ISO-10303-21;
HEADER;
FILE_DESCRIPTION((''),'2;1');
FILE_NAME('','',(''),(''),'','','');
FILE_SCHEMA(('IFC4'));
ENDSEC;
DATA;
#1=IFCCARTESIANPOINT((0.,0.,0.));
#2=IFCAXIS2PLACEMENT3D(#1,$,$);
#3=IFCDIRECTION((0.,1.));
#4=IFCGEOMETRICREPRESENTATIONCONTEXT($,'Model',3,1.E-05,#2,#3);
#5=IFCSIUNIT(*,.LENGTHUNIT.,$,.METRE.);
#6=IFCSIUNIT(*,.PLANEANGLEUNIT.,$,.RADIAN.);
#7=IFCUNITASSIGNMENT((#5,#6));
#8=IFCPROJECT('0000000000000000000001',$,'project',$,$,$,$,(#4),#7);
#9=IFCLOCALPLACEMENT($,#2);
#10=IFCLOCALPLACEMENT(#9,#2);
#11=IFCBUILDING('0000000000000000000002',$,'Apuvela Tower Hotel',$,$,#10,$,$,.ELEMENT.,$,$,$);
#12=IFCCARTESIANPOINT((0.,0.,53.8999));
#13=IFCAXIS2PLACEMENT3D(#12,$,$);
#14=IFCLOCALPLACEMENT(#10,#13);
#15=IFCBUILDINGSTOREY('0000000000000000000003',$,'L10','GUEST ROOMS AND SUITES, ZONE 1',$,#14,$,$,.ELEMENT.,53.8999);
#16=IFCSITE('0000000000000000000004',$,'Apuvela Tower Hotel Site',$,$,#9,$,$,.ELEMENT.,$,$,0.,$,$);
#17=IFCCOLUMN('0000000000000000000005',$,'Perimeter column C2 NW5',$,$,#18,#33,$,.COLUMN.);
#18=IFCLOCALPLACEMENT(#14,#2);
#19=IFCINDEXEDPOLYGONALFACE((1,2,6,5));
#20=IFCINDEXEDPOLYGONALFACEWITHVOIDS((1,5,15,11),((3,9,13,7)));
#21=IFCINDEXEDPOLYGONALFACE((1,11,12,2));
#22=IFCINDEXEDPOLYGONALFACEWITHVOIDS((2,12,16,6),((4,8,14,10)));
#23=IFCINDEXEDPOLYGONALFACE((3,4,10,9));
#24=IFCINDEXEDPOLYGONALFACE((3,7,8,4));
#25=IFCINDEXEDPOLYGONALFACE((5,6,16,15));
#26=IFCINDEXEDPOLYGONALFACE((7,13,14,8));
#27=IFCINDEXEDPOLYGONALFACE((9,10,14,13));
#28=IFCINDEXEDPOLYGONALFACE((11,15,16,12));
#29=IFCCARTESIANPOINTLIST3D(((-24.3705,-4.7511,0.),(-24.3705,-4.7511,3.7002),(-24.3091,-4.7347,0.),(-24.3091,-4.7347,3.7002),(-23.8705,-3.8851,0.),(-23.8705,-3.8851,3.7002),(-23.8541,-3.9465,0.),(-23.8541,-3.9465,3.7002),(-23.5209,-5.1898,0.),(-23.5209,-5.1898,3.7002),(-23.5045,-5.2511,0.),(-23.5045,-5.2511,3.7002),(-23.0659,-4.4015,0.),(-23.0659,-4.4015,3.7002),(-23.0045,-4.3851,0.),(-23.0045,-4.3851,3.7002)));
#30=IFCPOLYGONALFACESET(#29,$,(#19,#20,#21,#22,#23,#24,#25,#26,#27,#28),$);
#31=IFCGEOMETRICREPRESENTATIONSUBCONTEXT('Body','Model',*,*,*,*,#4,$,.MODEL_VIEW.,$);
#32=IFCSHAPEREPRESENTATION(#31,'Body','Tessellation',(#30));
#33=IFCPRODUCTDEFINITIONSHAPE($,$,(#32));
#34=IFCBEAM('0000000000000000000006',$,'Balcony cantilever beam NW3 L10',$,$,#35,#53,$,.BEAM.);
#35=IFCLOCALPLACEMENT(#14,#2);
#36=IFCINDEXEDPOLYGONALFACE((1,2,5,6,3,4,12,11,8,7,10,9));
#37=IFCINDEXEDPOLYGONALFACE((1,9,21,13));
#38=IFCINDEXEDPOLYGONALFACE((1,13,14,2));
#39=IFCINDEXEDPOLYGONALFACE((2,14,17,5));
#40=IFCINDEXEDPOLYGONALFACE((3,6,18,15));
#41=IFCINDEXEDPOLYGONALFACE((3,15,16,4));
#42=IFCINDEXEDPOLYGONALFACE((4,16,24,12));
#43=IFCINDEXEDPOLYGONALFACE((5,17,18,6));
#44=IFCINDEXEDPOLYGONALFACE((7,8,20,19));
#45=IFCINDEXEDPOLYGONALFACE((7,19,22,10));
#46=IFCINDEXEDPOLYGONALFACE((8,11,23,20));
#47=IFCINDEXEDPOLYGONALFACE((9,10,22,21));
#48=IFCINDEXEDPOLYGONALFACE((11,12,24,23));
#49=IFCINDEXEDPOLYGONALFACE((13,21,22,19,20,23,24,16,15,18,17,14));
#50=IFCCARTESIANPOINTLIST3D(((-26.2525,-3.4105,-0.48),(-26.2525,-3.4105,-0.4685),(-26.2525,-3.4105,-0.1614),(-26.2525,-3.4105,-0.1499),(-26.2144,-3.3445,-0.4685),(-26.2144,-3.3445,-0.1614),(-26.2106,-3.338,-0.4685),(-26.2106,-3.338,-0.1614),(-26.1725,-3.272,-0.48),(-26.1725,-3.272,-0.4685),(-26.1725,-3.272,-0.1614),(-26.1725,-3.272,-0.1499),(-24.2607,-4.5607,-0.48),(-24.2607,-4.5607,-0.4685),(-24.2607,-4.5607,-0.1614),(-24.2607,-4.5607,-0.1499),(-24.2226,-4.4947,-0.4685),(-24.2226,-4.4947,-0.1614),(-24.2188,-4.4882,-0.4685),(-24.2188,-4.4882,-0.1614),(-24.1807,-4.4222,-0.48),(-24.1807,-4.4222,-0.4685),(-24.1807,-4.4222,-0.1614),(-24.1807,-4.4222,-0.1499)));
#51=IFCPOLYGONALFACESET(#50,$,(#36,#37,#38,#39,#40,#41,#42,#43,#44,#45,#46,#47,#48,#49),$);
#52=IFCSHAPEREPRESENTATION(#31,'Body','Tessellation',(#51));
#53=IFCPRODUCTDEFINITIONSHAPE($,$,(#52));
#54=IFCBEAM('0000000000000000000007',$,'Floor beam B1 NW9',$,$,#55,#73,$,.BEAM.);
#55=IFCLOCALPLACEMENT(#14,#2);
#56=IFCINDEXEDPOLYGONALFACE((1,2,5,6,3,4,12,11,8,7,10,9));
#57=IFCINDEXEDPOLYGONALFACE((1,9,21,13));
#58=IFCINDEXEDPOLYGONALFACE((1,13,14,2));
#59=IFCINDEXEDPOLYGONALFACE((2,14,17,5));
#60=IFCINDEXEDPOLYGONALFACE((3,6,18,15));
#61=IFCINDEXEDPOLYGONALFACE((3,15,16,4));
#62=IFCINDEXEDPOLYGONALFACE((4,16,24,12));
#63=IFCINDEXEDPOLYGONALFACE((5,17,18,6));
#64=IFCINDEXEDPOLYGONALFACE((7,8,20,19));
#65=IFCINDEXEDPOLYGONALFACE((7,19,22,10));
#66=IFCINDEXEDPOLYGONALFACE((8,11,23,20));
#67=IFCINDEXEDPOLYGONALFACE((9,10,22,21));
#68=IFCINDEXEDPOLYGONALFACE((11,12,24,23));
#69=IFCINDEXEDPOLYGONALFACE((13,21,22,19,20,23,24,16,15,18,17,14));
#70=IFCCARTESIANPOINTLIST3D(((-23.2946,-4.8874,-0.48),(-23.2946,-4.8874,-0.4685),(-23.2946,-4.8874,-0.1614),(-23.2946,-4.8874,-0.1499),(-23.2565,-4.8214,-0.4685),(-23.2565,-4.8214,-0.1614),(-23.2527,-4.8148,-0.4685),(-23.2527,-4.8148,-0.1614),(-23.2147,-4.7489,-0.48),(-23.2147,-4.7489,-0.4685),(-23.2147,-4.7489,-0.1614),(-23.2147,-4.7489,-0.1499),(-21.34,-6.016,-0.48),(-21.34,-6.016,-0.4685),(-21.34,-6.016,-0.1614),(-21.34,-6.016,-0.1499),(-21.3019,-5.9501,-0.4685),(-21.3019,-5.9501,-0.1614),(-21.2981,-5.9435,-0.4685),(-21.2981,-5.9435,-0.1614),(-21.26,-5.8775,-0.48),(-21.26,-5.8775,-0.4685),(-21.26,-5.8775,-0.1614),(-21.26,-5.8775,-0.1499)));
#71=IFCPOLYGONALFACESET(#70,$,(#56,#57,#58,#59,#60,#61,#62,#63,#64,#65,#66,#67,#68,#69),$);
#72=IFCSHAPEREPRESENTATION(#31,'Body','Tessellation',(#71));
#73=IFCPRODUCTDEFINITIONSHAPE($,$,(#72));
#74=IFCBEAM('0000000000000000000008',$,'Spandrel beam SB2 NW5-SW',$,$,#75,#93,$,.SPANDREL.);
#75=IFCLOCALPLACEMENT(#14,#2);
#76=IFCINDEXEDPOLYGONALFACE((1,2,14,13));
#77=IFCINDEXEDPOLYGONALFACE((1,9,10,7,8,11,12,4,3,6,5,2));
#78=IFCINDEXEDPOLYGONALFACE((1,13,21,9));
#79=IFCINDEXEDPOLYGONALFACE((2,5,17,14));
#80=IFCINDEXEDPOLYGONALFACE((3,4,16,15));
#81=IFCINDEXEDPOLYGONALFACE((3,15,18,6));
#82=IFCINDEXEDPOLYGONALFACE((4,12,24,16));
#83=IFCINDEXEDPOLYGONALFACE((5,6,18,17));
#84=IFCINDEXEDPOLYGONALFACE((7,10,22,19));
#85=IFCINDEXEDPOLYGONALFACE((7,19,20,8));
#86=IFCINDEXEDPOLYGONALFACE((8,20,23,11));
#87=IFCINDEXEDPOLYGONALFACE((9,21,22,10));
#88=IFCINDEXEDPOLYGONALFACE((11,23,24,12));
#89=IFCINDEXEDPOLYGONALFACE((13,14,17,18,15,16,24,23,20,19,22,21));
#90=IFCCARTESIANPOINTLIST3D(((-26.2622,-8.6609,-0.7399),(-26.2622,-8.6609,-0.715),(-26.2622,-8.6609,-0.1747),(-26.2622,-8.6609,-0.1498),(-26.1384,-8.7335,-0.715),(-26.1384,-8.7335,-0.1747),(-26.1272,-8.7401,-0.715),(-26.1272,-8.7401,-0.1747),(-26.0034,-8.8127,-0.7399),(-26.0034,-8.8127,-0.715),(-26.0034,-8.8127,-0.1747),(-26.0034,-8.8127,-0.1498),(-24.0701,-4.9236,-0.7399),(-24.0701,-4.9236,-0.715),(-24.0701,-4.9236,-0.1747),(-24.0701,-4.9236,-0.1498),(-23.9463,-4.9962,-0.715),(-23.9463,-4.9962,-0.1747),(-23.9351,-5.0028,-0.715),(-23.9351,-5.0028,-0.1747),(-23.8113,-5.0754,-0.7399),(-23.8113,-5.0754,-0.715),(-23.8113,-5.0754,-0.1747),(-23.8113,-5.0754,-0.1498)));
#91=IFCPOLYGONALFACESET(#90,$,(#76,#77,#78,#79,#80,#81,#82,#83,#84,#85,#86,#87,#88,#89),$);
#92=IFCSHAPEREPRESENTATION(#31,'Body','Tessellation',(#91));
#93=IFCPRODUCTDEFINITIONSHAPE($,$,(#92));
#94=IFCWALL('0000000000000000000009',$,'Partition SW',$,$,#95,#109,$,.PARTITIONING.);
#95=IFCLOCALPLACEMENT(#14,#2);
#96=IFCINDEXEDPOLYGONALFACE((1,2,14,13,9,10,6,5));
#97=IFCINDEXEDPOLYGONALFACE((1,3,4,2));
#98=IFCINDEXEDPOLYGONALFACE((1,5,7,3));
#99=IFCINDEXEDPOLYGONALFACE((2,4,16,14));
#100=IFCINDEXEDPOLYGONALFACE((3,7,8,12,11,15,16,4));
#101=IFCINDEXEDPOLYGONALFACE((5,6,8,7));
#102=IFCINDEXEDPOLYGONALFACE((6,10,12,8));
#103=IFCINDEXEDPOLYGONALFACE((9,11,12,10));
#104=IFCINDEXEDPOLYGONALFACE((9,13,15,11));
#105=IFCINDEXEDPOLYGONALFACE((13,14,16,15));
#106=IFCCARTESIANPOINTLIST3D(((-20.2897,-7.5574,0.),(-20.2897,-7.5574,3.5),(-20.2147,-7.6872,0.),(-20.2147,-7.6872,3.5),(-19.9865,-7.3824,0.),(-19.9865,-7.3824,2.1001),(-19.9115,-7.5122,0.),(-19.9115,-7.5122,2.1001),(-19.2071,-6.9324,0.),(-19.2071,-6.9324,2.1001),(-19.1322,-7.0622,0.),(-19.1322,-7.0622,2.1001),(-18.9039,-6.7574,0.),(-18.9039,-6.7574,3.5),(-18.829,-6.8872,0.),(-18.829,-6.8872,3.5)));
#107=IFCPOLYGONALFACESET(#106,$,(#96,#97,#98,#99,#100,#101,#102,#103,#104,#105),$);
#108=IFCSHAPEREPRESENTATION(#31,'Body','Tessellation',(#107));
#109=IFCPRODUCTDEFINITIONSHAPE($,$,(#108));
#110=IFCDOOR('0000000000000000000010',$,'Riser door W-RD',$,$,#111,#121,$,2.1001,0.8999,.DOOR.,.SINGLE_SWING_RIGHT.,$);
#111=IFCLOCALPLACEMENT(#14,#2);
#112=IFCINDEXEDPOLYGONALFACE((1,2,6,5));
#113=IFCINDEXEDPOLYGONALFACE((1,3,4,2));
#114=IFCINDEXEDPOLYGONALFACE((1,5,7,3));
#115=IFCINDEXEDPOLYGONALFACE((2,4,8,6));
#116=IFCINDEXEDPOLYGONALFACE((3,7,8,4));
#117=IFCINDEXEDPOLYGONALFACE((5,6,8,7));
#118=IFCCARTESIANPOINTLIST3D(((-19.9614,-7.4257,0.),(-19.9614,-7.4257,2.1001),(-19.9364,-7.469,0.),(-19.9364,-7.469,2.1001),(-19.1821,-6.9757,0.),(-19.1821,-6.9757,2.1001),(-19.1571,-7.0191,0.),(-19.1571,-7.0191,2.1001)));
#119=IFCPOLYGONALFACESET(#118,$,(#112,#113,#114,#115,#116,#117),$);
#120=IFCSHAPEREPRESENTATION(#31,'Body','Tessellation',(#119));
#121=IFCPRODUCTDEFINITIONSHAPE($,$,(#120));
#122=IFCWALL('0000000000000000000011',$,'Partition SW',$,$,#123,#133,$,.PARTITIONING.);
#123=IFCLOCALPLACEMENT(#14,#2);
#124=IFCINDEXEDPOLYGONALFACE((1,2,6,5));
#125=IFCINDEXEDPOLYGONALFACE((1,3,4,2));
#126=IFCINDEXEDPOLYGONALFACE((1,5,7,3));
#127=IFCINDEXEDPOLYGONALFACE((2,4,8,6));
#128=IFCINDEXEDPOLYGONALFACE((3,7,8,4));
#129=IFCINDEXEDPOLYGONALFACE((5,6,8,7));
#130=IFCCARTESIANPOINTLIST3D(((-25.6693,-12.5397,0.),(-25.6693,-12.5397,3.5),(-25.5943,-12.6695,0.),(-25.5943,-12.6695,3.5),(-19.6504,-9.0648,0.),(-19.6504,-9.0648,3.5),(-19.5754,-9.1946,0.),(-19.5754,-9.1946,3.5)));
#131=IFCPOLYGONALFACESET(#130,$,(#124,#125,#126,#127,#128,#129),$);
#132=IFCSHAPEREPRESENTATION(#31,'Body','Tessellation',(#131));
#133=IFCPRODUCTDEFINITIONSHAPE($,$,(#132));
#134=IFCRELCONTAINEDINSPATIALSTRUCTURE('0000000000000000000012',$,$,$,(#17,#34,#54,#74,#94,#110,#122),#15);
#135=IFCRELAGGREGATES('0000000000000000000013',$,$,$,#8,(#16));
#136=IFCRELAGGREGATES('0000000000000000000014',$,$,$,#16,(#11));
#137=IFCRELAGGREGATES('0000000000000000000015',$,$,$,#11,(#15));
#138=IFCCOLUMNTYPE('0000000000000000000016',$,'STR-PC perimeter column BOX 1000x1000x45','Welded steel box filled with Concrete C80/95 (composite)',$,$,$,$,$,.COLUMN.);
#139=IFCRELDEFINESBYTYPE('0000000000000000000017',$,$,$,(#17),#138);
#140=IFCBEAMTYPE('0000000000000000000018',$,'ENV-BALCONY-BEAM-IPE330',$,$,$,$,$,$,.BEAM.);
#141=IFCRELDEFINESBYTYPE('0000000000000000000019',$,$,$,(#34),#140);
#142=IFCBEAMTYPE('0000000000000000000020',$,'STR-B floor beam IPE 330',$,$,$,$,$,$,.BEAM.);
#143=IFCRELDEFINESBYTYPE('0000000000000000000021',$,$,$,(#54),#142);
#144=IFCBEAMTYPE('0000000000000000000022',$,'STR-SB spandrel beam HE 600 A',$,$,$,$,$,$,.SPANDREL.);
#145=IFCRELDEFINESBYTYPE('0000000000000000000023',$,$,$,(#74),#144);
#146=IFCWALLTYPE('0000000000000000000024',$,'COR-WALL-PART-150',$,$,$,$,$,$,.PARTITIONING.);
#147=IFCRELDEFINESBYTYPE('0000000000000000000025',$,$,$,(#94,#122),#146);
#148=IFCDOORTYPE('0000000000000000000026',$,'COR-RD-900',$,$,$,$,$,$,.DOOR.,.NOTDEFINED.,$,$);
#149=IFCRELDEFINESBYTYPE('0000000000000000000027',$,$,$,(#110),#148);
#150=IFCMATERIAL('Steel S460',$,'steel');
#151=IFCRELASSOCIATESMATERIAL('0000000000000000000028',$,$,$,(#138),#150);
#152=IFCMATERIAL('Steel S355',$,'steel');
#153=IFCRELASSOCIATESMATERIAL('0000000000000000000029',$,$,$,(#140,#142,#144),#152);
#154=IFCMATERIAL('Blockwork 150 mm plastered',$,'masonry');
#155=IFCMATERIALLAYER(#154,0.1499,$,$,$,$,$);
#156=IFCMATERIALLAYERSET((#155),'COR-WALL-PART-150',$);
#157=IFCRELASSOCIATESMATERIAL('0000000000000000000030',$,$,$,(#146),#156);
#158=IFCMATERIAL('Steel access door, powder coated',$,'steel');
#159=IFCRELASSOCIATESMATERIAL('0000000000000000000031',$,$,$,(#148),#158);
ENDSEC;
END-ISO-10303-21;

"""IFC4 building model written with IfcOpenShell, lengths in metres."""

from ifc_helpers import new_model, si_unit, direction, frame, frame_2d, origin, origin_2d, place, context, subcontext, project, spatial, rectangle, hollow_rectangle, i_section, extrude, material, layer, layer_set, material_profile, profile_set, type_object, element, fill, save


model = new_model("IFC4")

# Units and contexts
model_context = context("Model", 3, precision=1e-05, world=origin(), true_north=direction((0.0, 1.0)))
body_context = subcontext(model_context, "Body", "Model", "MODEL_VIEW")
ifc_project = project(units=[si_unit("LENGTHUNIT", "METRE"), si_unit("PLANEANGLEUNIT", "RADIAN")], contexts=[model_context])

# Site, building, storey
site_placement = place(None, origin())
site = spatial("IfcSite", under=ifc_project, at=site_placement, Name="Apuvela Tower Hotel Site", CompositionType="ELEMENT", RefElevation=0.0)
building_placement = place(site_placement, origin())
building = spatial("IfcBuilding", under=site, at=building_placement, Name="Apuvela Tower Hotel", CompositionType="ELEMENT")
storey_placement = place(building_placement, frame((0.0, 0.0, 53.8999)))
storey = spatial("IfcBuildingStorey", under=building, at=storey_placement, Name="L10", Description="GUEST ROOMS AND SUITES, ZONE 1", CompositionType="ELEMENT", Elevation=53.8999)

# Column
ifc_material_1 = material(Name="Steel S460", Category="steel")
ifc_material_profile_1 = material_profile(ifc_material_1, hollow_rectangle(XDim=1.0, YDim=1.0, WallThickness=0.0449, at=origin_2d()), Name="BOX 1000x1000x45")
ifc_material_2 = material(Name="Concrete C80/95", Category="concrete")
ifc_material_profile_2 = material_profile(ifc_material_2, rectangle(XDim=0.9099, YDim=0.9099, at=origin_2d()), Name="Concrete C80/95 infill")
ifc_profile_set_1 = profile_set([ifc_material_profile_1, ifc_material_profile_2], Name="Steel S460")
column_type = type_object("IfcColumnType", Name="STR-PC perimeter column BOX 1000x1000x45", Description="Welded steel box filled with Concrete C80/95 (composite)", PredefinedType="COLUMN", material=ifc_profile_set_1)
column_placement = place(storey_placement, frame((-23.6875, -4.5681, 0.0), z_axis=(0.0, 0.0, 1.0), x_axis=(0.5, 0.866025, 0.0)))
element("IfcColumn", 1, at=column_placement, inside=storey, type_object=column_type, Name="Perimeter column C2 NW5", PredefinedType="COLUMN", context=body_context, shape_type="SweptSolid", body=[
    extrude(hollow_rectangle(XDim=1.0, YDim=1.0, WallThickness=0.0449, at=origin_2d()), origin(), (0.0, 0.0, 1.0), 3.7002),
])

# Beams
ifc_material_3 = material(Name="Steel S355", Category="steel")
ifc_material_profile_3 = material_profile(ifc_material_3, i_section(OverallWidth=0.1599, OverallDepth=0.3301, WebThickness=0.0076, FlangeThickness=0.0115, at=origin_2d()), Name="IPE 330")
ifc_profile_set_2 = profile_set([ifc_material_profile_3], Name="Steel S355")
beam_type_1 = type_object("IfcBeamType", Name="ENV-BALCONY-BEAM-IPE330", PredefinedType="BEAM", material=ifc_profile_set_2)
beam_1_placement = place(storey_placement, frame((-24.2207, -4.4915, -0.3149), z_axis=(-0.865981, 0.500078, 0.0), x_axis=(-0.500078, -0.865981, 0.0)))
element("IfcBeam", 2, at=beam_1_placement, inside=storey, type_object=beam_type_1, Name="Balcony cantilever beam NW3 L10", PredefinedType="BEAM", context=body_context, shape_type="SweptSolid", body=[
    extrude(i_section(OverallWidth=0.1599, OverallDepth=0.3301, WebThickness=0.0076, FlangeThickness=0.0115, at=origin_2d()), origin(), (0.0, 0.0, 1.0), 2.3),
])
ifc_material_profile_4 = material_profile(ifc_material_3, i_section(OverallWidth=0.1599, OverallDepth=0.3301, WebThickness=0.0076, FlangeThickness=0.0115, at=origin_2d()), Name="IPE 330")
ifc_profile_set_3 = profile_set([ifc_material_profile_4], Name="Steel S355")
beam_type_2 = type_object("IfcBeamType", Name="STR-B floor beam IPE 330", PredefinedType="BEAM", material=ifc_profile_set_3)
beam_2_placement = place(storey_placement, frame((-23.2546, -4.8181, -0.3149), z_axis=(0.865991, -0.50006, 0.0), x_axis=(0.50006, 0.865991, 0.0)))
element("IfcBeam", 3, at=beam_2_placement, inside=storey, type_object=beam_type_2, Name="Floor beam B1 NW9", PredefinedType="BEAM", context=body_context, shape_type="SweptSolid", body=[
    extrude(i_section(OverallWidth=0.1599, OverallDepth=0.3301, WebThickness=0.0076, FlangeThickness=0.0115, at=origin_2d()), origin(), (0.0, 0.0, 1.0), 2.2571),
])
ifc_material_profile_5 = material_profile(ifc_material_3, i_section(OverallWidth=0.3, OverallDepth=0.5901, WebThickness=0.0129, FlangeThickness=0.0249, at=origin_2d()), Name="HE 600 A")
ifc_profile_set_4 = profile_set([ifc_material_profile_5], Name="Steel S355")
beam_type_3 = type_object("IfcBeamType", Name="STR-SB spandrel beam HE 600 A", PredefinedType="SPANDREL", material=ifc_profile_set_4)
beam_3_placement = place(storey_placement, frame((-23.9407, -4.9995, -0.4448), z_axis=(-0.505944, -0.862567, 0.0), x_axis=(0.862567, -0.505944, 0.0)))
element("IfcBeam", 4, at=beam_3_placement, inside=storey, type_object=beam_type_3, Name="Spandrel beam SB2 NW5-SW", PredefinedType="SPANDREL", context=body_context, shape_type="SweptSolid", body=[
    extrude(i_section(OverallWidth=0.3, OverallDepth=0.5901, WebThickness=0.0129, FlangeThickness=0.0249, at=origin_2d()), origin(), (0.0, 0.0, 1.0), 4.3328),
])

# Wall, opening, door
ifc_material_4 = material(Name="Blockwork 150 mm plastered", Category="masonry")
ifc_layer_1 = layer(ifc_material_4, 0.1499)
ifc_layer_set_1 = layer_set([ifc_layer_1], Name="COR-WALL-PART-150")
wall_type_1 = type_object("IfcWallType", Name="COR-WALL-PART-150", PredefinedType="PARTITIONING", material=ifc_layer_set_1)
wall_1_placement = place(storey_placement, frame((-18.8665, -6.8223, 0.0), z_axis=(0.0, 0.0, 1.0), x_axis=(-0.866028, -0.499995, 0.0)))
wall_1 = element("IfcWall", 5, at=wall_1_placement, inside=storey, type_object=wall_type_1, Name="Partition SW", PredefinedType="PARTITIONING", context=body_context, shape_type="SweptSolid", body=[
    extrude(rectangle(XDim=1.6001, YDim=0.1499, at=frame_2d((0.8, 0.0))), origin(), (0.0, 0.0, 1.0), 3.5),
])
opening_1_placement = place(wall_1_placement, frame((0.3501, 0.0, 0.0)))
opening_1 = element("IfcOpeningElement", 6, at=opening_1_placement, cuts=wall_1, PredefinedType="OPENING", context=body_context, shape_type="SweptSolid", body=[
    extrude(rectangle(XDim=0.8999, YDim=2.1001, at=frame_2d((0.45, 1.05))), frame((0.0, 0.085, 0.0), z_axis=(0.0, -1.0, 0.0), x_axis=(1.0, 0.0, 0.0)), (0.0, 0.0, 1.0), 0.1699),
])
ifc_material_5 = material(Name="Steel access door, powder coated", Category="steel")
door_type_1 = type_object("IfcDoorType", Name="COR-RD-900", OperationType="NOTDEFINED", PredefinedType="DOOR", material=ifc_material_5)
door_1_placement = place(opening_1_placement, frame((0.8999, 0.0, 0.0), z_axis=(0.0, 0.0, 1.0), x_axis=(-1.0, 0.0, 0.0)))
door_1 = element("IfcDoor", 7, at=door_1_placement, inside=storey, type_object=door_type_1, Name="Riser door W-RD", OperationType="SINGLE_SWING_RIGHT", OverallHeight=2.1001, OverallWidth=0.8999, PredefinedType="DOOR", context=body_context, shape_type="SweptSolid", body=[
    extrude(rectangle(XDim=0.8999, YDim=2.1001, at=frame_2d((0.45, 1.05))), frame((0.0, 0.0249, 0.0), z_axis=(0.0, -1.0, 0.0), x_axis=(1.0, 0.0, 0.0)), (0.0, 0.0, 1.0), 0.05),
])
fill(opening_1, door_1)

# Wall
wall_2_placement = place(storey_placement, frame((-19.6128, -9.1296, 0.0), z_axis=(0.0, 0.0, 1.0), x_axis=(-0.866032, -0.499989, 0.0)))
element("IfcWall", 8, at=wall_2_placement, inside=storey, type_object=wall_type_1, Name="Partition SW", PredefinedType="PARTITIONING", context=body_context, shape_type="SweptSolid", body=[
    extrude(rectangle(XDim=6.95, YDim=0.1499, at=frame_2d((3.4751, 0.0))), origin(), (0.0, 0.0, 1.0), 3.5),
])

save(model, "model.ifc")
